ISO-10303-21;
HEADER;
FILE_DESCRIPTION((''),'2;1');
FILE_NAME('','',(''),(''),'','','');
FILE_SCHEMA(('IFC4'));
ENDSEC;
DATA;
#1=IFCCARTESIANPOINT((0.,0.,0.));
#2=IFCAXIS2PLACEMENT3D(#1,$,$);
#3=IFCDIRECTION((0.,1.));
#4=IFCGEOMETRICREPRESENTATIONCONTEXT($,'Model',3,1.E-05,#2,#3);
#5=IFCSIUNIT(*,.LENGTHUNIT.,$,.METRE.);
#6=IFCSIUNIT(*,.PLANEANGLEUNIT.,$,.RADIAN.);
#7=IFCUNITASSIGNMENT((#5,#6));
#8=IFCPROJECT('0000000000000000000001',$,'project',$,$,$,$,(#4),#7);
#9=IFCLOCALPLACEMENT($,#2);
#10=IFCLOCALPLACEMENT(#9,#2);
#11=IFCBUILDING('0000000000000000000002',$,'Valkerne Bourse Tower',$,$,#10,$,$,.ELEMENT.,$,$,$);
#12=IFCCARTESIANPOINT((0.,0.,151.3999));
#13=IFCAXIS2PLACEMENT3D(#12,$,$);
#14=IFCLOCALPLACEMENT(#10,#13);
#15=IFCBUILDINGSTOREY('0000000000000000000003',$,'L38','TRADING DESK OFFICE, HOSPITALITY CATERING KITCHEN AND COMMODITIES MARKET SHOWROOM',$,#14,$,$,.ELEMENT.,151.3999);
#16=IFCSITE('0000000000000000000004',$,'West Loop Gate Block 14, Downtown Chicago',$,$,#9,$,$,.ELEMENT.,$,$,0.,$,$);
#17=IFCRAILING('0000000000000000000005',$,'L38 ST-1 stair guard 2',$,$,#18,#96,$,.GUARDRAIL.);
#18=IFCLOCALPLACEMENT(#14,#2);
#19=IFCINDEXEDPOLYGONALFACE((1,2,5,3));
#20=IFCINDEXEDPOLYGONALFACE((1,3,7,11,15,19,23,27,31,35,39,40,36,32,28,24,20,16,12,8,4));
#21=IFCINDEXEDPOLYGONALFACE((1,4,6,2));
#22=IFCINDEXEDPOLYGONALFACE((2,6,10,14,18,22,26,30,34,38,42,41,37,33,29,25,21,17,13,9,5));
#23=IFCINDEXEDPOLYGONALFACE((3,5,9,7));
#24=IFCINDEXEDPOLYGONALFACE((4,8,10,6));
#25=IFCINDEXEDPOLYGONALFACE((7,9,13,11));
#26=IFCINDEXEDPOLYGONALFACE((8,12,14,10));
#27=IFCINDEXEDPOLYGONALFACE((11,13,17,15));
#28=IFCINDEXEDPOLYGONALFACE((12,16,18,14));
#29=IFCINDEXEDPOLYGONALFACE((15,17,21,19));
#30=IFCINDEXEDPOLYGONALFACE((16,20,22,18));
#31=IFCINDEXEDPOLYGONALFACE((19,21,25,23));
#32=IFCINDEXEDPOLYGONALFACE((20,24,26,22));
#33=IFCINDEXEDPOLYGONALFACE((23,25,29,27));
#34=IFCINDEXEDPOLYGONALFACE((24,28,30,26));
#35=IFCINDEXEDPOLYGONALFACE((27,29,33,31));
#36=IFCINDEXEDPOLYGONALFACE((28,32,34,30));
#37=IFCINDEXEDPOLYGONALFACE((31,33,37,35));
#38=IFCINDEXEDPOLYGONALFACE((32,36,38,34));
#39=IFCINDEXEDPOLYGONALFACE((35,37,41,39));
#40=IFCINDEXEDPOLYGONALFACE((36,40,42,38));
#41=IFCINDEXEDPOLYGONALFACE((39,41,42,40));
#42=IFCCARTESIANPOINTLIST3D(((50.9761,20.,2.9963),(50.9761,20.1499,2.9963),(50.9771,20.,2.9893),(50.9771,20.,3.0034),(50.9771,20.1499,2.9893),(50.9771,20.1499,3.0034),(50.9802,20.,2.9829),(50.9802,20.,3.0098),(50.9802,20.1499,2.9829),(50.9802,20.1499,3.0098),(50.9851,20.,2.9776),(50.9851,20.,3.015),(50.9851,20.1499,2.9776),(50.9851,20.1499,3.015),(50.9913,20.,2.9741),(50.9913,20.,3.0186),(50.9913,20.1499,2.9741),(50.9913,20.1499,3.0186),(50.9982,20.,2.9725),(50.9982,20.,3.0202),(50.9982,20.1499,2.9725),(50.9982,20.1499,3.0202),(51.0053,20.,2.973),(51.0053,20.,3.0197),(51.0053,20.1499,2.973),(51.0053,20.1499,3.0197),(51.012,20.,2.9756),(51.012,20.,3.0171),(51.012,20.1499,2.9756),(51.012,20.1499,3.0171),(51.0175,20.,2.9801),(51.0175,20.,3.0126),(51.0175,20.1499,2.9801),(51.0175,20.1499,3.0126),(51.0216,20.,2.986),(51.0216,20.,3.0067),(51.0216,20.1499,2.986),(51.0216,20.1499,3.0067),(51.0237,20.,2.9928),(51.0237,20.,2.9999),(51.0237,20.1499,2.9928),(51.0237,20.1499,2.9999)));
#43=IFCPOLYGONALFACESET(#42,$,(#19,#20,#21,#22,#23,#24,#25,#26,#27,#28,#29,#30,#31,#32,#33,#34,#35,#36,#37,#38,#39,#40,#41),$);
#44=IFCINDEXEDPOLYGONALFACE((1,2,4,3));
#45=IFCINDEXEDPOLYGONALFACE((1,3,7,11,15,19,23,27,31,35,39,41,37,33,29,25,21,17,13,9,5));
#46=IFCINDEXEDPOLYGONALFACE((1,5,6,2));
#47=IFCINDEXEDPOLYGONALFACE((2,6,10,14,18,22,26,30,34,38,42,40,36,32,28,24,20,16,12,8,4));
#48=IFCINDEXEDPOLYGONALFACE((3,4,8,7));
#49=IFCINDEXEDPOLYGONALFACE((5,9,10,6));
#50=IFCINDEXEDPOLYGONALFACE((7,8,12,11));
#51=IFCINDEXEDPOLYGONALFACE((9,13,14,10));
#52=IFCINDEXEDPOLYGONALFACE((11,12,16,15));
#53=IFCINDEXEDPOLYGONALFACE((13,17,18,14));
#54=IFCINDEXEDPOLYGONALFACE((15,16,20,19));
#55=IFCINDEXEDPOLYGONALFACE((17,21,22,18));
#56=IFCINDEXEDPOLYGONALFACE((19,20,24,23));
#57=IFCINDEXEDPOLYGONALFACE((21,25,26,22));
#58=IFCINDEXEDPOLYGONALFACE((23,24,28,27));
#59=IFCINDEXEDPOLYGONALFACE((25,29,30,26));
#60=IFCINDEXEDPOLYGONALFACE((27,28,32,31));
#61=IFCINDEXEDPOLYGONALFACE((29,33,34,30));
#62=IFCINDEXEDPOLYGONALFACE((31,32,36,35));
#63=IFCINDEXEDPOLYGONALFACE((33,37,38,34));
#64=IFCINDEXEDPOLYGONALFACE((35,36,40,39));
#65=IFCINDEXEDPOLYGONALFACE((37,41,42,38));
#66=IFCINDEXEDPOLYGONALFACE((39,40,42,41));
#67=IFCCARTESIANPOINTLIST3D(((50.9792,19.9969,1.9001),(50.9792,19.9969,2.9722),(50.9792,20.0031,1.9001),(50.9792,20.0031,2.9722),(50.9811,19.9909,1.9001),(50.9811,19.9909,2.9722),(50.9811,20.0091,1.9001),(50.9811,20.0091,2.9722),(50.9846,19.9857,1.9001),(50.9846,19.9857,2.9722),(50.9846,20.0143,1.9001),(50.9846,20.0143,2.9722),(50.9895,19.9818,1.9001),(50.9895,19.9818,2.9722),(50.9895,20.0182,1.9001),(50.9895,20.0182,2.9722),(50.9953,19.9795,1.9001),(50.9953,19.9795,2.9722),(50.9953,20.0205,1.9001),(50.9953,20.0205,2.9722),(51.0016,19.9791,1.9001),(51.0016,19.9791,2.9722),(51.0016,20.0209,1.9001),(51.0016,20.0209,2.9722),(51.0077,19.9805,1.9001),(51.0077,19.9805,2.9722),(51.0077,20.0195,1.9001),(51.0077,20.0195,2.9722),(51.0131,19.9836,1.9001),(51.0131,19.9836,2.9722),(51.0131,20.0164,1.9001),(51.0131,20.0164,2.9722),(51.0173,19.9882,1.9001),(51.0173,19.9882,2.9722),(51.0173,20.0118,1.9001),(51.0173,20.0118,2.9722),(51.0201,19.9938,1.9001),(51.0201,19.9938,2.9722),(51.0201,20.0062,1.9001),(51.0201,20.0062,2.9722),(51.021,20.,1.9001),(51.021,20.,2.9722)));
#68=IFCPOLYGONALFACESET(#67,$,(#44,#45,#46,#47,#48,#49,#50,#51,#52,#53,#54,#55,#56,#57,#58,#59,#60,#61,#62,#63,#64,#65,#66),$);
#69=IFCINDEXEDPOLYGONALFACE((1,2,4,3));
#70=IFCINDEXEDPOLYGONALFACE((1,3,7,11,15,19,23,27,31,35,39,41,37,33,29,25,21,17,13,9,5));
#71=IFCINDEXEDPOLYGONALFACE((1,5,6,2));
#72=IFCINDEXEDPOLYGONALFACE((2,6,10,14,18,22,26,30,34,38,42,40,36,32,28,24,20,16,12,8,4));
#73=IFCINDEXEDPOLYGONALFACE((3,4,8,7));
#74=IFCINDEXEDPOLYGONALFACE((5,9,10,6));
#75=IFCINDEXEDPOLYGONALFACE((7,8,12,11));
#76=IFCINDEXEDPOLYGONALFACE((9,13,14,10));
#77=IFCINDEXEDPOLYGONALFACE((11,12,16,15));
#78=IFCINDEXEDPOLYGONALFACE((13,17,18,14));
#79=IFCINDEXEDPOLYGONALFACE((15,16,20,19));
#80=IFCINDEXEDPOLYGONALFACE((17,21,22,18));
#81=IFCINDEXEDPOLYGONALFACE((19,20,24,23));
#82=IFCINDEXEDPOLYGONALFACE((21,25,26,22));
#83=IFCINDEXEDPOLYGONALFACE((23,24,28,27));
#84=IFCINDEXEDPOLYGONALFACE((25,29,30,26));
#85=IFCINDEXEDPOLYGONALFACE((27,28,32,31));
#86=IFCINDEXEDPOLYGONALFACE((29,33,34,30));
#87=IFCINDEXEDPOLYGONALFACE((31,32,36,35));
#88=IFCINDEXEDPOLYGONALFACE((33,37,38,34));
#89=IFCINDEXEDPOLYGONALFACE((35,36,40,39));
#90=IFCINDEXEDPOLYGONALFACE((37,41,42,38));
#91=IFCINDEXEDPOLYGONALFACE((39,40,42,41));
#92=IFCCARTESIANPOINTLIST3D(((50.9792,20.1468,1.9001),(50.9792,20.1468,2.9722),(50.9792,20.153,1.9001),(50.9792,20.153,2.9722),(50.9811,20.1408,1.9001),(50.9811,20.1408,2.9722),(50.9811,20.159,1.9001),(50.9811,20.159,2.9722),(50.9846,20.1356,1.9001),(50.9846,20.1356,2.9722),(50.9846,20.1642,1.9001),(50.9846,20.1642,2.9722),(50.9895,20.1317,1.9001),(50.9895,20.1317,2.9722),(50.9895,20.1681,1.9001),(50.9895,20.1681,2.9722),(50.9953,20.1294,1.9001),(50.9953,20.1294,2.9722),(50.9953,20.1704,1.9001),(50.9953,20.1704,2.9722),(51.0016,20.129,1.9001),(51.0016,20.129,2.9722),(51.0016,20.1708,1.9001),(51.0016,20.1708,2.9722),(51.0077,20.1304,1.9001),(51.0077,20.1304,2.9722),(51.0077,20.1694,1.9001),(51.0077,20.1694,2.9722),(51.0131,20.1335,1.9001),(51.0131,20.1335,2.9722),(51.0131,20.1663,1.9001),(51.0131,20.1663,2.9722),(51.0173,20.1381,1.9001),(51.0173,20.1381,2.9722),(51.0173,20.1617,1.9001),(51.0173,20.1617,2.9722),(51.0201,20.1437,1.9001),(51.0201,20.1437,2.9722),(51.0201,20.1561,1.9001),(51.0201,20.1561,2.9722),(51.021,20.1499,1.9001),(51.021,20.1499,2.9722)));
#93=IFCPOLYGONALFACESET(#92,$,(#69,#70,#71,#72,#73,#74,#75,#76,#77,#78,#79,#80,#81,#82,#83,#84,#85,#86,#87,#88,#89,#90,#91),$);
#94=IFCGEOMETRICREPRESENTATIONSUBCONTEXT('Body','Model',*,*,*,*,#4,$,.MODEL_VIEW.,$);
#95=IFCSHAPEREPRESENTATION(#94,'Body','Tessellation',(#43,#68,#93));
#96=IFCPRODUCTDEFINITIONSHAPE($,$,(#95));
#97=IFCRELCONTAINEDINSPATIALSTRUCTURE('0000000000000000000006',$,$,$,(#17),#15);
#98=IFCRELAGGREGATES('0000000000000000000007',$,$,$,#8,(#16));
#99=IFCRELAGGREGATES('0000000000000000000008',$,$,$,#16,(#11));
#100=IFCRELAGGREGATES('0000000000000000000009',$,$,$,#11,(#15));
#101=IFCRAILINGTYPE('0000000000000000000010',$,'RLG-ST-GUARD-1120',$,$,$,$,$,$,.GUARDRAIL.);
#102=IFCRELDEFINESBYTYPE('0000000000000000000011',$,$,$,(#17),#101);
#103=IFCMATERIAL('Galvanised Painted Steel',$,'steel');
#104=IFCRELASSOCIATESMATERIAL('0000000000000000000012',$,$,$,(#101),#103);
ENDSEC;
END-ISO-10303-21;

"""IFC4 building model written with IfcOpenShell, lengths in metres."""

from ifc_helpers import new_model, si_unit, direction, frame, origin, origin_2d, place, context, subcontext, project, spatial, circle, extrude, material, type_object, element, save


model = new_model("IFC4")

# Units and contexts
model_context = context("Model", 3, precision=1e-05, world=origin(), true_north=direction((0.0, 1.0)))
body_context = subcontext(model_context, "Body", "Model", "MODEL_VIEW")
ifc_project = project(units=[si_unit("LENGTHUNIT", "METRE"), si_unit("PLANEANGLEUNIT", "RADIAN")], contexts=[model_context])

# Site, building, storey
site_placement = place(None, origin())
site = spatial("IfcSite", under=ifc_project, at=site_placement, Name="West Loop Gate Block 14, Downtown Chicago", CompositionType="ELEMENT", RefElevation=0.0)
building_placement = place(site_placement, origin())
building = spatial("IfcBuilding", under=site, at=building_placement, Name="Valkerne Bourse Tower", CompositionType="ELEMENT")
storey_placement = place(building_placement, frame((0.0, 0.0, 151.3999)))
storey = spatial("IfcBuildingStorey", under=building, at=storey_placement, Name="L38", Description="TRADING DESK OFFICE, HOSPITALITY CATERING KITCHEN AND COMMODITIES MARKET SHOWROOM", CompositionType="ELEMENT", Elevation=151.3999)

# Shared definitions
ifc_material_1 = material(Name="Galvanised Painted Steel", Category="steel")

# Railing
railing_type_1 = type_object("IfcRailingType", Name="RLG-ST-GUARD-1120", PredefinedType="GUARDRAIL", material=ifc_material_1)
railing_1_placement = place(storey_placement, frame((51.0, 20.0, 1.9001)))
element("IfcRailing", 1, at=railing_1_placement, inside=storey, type_object=railing_type_1, Name="L38 ST-1 stair guard 2", PredefinedType="GUARDRAIL", context=body_context, shape_type="SweptSolid", body=[
    extrude(circle(Radius=0.0239, at=origin_2d()), frame((0.0, 0.0, 1.0962), z_axis=(0.0, 1.0, 0.0), x_axis=(-1.0, 0.0, 0.0)), (0.0, 0.0, 1.0), 0.1499),
    extrude(circle(Radius=0.021, at=origin_2d()), origin(), (0.0, 0.0, 1.0), 1.072),
    extrude(circle(Radius=0.021, at=origin_2d()), frame((0.0, 0.1499, 0.0)), (0.0, 0.0, 1.0), 1.072),
])

save(model, "model.ifc")
